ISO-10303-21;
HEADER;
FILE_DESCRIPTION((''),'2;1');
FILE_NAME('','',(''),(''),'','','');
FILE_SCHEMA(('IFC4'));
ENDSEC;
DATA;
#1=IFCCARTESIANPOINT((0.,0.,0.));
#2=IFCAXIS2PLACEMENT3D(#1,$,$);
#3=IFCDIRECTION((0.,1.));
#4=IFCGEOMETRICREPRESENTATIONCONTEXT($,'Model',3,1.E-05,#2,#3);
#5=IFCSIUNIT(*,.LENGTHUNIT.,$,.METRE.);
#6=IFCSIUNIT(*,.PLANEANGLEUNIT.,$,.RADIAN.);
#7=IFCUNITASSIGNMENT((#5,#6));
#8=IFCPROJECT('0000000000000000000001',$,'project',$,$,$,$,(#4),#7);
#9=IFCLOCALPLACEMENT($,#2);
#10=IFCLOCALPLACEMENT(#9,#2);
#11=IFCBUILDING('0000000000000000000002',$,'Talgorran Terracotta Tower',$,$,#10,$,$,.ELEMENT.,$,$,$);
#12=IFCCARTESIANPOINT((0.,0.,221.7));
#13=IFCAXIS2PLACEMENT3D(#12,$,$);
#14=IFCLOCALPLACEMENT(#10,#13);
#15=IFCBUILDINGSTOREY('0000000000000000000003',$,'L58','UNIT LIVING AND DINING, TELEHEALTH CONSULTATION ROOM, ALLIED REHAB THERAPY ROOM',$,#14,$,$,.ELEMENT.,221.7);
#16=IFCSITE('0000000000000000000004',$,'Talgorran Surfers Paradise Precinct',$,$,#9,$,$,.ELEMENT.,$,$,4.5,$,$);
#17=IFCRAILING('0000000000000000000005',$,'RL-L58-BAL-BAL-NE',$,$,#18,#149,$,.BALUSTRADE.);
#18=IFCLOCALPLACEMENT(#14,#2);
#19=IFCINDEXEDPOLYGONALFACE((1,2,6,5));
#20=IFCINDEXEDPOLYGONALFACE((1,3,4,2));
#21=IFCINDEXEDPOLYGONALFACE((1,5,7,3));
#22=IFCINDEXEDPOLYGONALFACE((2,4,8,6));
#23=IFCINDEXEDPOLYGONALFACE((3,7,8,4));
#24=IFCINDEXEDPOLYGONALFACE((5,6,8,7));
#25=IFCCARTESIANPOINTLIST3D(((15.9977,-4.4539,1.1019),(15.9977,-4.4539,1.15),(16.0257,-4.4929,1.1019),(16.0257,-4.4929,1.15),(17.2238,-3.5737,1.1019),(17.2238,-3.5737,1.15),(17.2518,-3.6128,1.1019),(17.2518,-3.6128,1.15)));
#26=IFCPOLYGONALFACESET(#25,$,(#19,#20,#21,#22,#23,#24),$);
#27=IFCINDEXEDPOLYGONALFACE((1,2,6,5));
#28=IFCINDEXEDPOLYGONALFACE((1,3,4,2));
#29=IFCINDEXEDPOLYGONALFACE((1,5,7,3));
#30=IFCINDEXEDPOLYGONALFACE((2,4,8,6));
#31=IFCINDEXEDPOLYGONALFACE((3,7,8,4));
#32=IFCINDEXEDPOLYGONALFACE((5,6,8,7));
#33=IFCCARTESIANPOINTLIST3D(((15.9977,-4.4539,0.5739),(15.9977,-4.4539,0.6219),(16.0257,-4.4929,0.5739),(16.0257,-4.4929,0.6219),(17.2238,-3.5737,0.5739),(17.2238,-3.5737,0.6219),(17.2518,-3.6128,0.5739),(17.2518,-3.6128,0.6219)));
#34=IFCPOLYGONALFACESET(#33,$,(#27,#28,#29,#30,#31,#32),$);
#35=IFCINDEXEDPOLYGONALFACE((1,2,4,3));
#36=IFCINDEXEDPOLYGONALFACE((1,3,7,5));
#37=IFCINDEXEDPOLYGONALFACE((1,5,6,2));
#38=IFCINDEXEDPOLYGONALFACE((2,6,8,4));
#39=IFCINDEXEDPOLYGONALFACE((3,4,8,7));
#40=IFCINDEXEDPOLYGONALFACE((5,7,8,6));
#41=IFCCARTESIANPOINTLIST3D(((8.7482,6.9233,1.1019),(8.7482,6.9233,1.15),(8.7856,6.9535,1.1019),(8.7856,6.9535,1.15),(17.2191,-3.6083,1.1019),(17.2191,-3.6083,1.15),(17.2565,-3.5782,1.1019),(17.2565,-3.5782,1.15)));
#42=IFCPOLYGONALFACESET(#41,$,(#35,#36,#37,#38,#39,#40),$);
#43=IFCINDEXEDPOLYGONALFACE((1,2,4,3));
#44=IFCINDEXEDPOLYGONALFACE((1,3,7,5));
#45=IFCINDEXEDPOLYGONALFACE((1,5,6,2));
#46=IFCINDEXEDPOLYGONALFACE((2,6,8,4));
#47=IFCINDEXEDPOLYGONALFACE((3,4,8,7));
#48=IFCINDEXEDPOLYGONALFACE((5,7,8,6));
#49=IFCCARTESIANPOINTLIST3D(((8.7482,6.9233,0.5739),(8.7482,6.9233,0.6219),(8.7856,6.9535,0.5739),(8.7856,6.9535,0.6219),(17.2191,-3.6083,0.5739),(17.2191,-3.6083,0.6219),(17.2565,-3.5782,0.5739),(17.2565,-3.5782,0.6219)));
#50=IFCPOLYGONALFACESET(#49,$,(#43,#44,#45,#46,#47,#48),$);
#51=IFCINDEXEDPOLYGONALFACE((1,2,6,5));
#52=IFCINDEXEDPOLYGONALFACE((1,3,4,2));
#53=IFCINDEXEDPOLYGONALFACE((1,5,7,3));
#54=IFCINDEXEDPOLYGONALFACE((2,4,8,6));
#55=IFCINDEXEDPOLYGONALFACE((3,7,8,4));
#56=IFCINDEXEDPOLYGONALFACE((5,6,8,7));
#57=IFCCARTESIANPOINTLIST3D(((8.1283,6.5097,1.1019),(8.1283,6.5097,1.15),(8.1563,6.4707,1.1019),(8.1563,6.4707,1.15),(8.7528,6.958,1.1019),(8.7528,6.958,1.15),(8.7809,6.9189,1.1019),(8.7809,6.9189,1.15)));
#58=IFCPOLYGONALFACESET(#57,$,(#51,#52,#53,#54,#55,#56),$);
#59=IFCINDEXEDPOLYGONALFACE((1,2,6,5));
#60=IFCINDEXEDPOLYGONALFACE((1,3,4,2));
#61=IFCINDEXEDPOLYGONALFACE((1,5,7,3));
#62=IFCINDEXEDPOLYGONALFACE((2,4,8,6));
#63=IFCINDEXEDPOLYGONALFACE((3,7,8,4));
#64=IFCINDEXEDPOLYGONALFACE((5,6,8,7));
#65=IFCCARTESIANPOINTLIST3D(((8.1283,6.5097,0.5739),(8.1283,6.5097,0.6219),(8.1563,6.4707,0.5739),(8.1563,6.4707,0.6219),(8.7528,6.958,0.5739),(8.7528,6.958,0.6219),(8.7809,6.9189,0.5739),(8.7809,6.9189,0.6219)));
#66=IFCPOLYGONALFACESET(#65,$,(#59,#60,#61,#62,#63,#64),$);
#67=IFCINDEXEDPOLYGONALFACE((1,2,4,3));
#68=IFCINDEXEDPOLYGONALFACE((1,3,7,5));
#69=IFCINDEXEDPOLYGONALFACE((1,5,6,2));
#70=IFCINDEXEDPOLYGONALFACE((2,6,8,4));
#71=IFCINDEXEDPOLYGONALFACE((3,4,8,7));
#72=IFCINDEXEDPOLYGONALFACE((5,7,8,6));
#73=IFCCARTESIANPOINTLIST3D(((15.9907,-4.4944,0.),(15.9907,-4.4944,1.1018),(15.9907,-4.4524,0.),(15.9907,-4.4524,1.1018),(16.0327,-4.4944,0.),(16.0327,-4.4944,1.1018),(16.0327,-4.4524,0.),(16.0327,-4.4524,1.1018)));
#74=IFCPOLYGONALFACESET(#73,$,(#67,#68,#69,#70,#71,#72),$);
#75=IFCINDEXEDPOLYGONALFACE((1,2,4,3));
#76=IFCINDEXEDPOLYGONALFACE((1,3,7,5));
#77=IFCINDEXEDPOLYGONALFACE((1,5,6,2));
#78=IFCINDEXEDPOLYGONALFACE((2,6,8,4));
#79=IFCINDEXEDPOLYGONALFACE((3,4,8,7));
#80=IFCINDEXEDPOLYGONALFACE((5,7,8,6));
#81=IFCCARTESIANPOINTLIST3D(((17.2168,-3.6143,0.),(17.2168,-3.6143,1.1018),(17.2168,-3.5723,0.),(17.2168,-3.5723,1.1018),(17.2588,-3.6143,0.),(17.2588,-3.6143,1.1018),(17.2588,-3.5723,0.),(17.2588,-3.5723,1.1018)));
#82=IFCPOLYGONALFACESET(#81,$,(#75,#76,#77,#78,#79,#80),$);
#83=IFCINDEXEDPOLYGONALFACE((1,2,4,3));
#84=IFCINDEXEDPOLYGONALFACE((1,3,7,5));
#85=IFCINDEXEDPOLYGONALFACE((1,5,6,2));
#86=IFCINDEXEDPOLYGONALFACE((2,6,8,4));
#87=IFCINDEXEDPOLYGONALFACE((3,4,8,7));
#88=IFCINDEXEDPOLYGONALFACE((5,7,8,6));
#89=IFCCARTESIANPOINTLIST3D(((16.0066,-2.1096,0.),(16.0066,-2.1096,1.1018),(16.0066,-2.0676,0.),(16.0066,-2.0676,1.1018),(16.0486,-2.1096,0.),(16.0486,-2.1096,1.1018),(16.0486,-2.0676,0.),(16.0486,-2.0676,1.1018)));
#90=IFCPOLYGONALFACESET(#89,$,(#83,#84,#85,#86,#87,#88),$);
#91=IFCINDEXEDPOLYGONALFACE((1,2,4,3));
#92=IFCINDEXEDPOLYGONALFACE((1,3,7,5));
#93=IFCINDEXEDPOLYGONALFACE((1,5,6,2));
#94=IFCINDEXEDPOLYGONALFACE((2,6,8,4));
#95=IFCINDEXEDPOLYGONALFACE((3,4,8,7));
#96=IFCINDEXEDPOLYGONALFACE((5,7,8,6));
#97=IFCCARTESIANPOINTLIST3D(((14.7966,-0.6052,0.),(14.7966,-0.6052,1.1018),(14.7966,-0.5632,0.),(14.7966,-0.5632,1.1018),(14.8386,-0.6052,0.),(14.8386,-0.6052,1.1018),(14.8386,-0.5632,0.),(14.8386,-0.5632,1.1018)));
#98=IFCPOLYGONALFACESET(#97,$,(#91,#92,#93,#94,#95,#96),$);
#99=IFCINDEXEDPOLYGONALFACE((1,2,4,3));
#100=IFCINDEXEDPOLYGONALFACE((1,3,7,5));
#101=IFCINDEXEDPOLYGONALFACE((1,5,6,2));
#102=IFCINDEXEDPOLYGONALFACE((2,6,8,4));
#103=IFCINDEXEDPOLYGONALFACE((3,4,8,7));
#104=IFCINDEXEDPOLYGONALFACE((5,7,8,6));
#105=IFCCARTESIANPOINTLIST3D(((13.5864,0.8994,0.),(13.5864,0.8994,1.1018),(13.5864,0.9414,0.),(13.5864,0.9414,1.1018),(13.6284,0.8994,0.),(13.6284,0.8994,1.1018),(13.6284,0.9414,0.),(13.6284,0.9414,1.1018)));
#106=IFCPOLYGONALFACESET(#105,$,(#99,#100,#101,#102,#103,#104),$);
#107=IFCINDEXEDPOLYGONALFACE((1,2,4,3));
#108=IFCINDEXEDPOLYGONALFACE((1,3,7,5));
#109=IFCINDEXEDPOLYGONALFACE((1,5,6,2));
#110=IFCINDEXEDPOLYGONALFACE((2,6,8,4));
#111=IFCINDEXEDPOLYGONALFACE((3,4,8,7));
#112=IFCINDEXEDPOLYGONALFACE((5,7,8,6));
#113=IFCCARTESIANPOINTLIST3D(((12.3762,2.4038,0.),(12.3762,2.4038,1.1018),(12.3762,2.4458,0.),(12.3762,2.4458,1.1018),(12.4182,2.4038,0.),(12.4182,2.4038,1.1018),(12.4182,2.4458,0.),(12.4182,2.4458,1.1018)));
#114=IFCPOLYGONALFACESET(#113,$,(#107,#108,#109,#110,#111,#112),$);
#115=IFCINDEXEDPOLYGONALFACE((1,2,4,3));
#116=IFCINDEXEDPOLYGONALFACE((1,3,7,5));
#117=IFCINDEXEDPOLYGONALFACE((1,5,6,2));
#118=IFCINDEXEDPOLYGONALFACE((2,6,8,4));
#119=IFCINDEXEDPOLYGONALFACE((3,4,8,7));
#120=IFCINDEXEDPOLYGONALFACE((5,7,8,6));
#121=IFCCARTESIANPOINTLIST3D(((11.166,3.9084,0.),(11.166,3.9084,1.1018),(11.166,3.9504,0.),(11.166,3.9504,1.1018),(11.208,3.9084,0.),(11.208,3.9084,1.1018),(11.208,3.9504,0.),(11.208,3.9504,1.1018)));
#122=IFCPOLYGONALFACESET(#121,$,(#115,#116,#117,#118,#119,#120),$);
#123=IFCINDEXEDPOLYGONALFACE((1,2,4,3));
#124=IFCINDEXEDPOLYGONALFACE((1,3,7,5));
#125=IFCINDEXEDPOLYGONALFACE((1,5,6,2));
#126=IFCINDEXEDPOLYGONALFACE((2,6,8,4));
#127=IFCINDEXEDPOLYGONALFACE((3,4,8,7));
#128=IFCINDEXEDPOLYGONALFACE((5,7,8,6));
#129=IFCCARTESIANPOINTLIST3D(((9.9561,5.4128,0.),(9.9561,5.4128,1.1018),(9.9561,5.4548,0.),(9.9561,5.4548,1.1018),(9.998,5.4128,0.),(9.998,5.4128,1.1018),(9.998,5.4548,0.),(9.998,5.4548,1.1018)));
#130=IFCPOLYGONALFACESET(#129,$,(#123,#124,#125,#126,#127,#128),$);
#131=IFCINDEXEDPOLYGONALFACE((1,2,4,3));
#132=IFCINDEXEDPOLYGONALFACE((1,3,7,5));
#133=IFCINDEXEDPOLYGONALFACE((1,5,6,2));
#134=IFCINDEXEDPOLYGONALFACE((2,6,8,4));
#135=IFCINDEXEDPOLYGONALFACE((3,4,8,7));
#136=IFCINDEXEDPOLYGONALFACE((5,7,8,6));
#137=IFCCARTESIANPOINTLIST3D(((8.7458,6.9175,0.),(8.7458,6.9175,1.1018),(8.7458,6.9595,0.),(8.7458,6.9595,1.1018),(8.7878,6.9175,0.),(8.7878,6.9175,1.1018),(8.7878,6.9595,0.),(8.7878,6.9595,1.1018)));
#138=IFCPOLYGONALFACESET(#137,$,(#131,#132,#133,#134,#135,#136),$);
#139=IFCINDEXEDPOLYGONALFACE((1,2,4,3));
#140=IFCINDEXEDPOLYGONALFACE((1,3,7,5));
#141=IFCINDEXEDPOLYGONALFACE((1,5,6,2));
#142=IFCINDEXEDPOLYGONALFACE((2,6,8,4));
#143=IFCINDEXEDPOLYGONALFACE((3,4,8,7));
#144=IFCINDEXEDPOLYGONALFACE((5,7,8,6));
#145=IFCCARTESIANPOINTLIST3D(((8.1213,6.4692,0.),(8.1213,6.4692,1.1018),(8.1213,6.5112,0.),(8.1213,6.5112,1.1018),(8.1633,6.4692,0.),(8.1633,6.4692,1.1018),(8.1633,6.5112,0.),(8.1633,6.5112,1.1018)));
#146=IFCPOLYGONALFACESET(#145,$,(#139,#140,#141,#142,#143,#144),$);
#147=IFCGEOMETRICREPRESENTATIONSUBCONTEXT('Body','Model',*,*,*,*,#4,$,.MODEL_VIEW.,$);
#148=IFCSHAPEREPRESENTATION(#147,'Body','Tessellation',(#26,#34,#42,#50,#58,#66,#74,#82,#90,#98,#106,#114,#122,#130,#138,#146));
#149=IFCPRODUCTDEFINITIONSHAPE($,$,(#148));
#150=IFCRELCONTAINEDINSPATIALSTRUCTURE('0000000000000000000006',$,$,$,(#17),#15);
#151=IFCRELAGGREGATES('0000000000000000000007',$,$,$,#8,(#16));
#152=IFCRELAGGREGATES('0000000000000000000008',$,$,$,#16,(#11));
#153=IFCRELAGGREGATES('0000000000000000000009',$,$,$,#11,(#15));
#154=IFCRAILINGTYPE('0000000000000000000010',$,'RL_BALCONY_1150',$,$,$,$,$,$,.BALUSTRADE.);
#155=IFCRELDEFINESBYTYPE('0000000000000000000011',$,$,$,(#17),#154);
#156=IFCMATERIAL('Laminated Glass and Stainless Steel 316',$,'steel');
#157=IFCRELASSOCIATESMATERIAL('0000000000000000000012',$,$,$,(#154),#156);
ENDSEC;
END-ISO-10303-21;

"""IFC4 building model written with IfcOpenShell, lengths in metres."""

from ifc_helpers import new_model, si_unit, direction, frame, origin, origin_2d, place, context, subcontext, project, spatial, rectangle, extrude, material, type_object, element, save


model = new_model("IFC4")

# Units and contexts
model_context = context("Model", 3, precision=1e-05, world=origin(), true_north=direction((0.0, 1.0)))
body_context = subcontext(model_context, "Body", "Model", "MODEL_VIEW")
ifc_project = project(units=[si_unit("LENGTHUNIT", "METRE"), si_unit("PLANEANGLEUNIT", "RADIAN")], contexts=[model_context])

# Site, building, storey
site_placement = place(None, origin())
site = spatial("IfcSite", under=ifc_project, at=site_placement, Name="Talgorran Surfers Paradise Precinct", CompositionType="ELEMENT", RefElevation=4.5)
building_placement = place(site_placement, origin())
building = spatial("IfcBuilding", under=site, at=building_placement, Name="Talgorran Terracotta Tower", CompositionType="ELEMENT")
storey_placement = place(building_placement, frame((0.0, 0.0, 221.7)))
storey = spatial("IfcBuildingStorey", under=building, at=storey_placement, Name="L58", Description="UNIT LIVING AND DINING, TELEHEALTH CONSULTATION ROOM, ALLIED REHAB THERAPY ROOM", CompositionType="ELEMENT", Elevation=221.7)

# Railing
ifc_material_1 = material(Name="Laminated Glass and Stainless Steel 316", Category="steel")
railing_type = type_object("IfcRailingType", Name="RL_BALCONY_1150", PredefinedType="BALUSTRADE", material=ifc_material_1)
railing_placement = place(storey_placement, frame((16.0117, -4.4734, 0.0)))
element("IfcRailing", 1, at=railing_placement, inside=storey, type_object=railing_type, Name="RL-L58-BAL-BAL-NE", PredefinedType="BALUSTRADE", context=body_context, shape_type="SweptSolid", body=[
    extrude(rectangle(XDim=0.0481, YDim=0.0481, at=origin_2d()), frame((0.0, 0.0, 1.126), z_axis=(0.812365, 0.583149, 0.0), x_axis=(-0.583149, 0.812365, 0.0)), (0.0, 0.0, 1.0), 1.5093),
    extrude(rectangle(XDim=0.0481, YDim=0.0481, at=origin_2d()), frame((0.0, 0.0, 0.5979), z_axis=(0.812365, 0.583149, 0.0), x_axis=(-0.583149, 0.812365, 0.0)), (0.0, 0.0, 1.0), 1.5093),
    extrude(rectangle(XDim=0.0481, YDim=0.0481, at=origin_2d()), frame((1.2261, 0.8801, 1.126), z_axis=(-0.626748, 0.779222, 0.0), x_axis=(-0.779222, -0.626748, 0.0)), (0.0, 0.0, 1.0), 13.5156),
    extrude(rectangle(XDim=0.0481, YDim=0.0481, at=origin_2d()), frame((1.2261, 0.8801, 0.5979), z_axis=(-0.626748, 0.779222, 0.0), x_axis=(-0.779222, -0.626748, 0.0)), (0.0, 0.0, 1.0), 13.5156),
    extrude(rectangle(XDim=0.0481, YDim=0.0481, at=origin_2d()), frame((-7.2449, 11.4119, 1.126), z_axis=(-0.812401, -0.583099, 0.0), x_axis=(0.583099, -0.812401, 0.0)), (0.0, 0.0, 1.0), 0.7688),
    extrude(rectangle(XDim=0.0481, YDim=0.0481, at=origin_2d()), frame((-7.2449, 11.4119, 0.5979), z_axis=(-0.812401, -0.583099, 0.0), x_axis=(0.583099, -0.812401, 0.0)), (0.0, 0.0, 1.0), 0.7688),
    extrude(rectangle(XDim=0.042, YDim=0.042, at=origin_2d()), origin(), (0.0, 0.0, 1.0), 1.1018),
    extrude(rectangle(XDim=0.042, YDim=0.042, at=origin_2d()), frame((1.2261, 0.8801, 0.0)), (0.0, 0.0, 1.0), 1.1018),
    extrude(rectangle(XDim=0.042, YDim=0.042, at=origin_2d()), frame((0.0159, 2.3848, 0.0)), (0.0, 0.0, 1.0), 1.1018),
    extrude(rectangle(XDim=0.042, YDim=0.042, at=origin_2d()), frame((-1.1941, 3.8892, 0.0)), (0.0, 0.0, 1.0), 1.1018),
    extrude(rectangle(XDim=0.042, YDim=0.042, at=origin_2d()), frame((-2.4043, 5.3938, 0.0)), (0.0, 0.0, 1.0), 1.1018),
    extrude(rectangle(XDim=0.042, YDim=0.042, at=origin_2d()), frame((-3.6145, 6.8982, 0.0)), (0.0, 0.0, 1.0), 1.1018),
    extrude(rectangle(XDim=0.042, YDim=0.042, at=origin_2d()), frame((-4.8247, 8.4028, 0.0)), (0.0, 0.0, 1.0), 1.1018),
    extrude(rectangle(XDim=0.042, YDim=0.042, at=origin_2d()), frame((-6.0347, 9.9072, 0.0)), (0.0, 0.0, 1.0), 1.1018),
    extrude(rectangle(XDim=0.042, YDim=0.042, at=origin_2d()), frame((-7.2449, 11.4119, 0.0)), (0.0, 0.0, 1.0), 1.1018),
    extrude(rectangle(XDim=0.042, YDim=0.042, at=origin_2d()), frame((-7.8694, 10.9636, 0.0)), (0.0, 0.0, 1.0), 1.1018),
])

save(model, "model.ifc")
